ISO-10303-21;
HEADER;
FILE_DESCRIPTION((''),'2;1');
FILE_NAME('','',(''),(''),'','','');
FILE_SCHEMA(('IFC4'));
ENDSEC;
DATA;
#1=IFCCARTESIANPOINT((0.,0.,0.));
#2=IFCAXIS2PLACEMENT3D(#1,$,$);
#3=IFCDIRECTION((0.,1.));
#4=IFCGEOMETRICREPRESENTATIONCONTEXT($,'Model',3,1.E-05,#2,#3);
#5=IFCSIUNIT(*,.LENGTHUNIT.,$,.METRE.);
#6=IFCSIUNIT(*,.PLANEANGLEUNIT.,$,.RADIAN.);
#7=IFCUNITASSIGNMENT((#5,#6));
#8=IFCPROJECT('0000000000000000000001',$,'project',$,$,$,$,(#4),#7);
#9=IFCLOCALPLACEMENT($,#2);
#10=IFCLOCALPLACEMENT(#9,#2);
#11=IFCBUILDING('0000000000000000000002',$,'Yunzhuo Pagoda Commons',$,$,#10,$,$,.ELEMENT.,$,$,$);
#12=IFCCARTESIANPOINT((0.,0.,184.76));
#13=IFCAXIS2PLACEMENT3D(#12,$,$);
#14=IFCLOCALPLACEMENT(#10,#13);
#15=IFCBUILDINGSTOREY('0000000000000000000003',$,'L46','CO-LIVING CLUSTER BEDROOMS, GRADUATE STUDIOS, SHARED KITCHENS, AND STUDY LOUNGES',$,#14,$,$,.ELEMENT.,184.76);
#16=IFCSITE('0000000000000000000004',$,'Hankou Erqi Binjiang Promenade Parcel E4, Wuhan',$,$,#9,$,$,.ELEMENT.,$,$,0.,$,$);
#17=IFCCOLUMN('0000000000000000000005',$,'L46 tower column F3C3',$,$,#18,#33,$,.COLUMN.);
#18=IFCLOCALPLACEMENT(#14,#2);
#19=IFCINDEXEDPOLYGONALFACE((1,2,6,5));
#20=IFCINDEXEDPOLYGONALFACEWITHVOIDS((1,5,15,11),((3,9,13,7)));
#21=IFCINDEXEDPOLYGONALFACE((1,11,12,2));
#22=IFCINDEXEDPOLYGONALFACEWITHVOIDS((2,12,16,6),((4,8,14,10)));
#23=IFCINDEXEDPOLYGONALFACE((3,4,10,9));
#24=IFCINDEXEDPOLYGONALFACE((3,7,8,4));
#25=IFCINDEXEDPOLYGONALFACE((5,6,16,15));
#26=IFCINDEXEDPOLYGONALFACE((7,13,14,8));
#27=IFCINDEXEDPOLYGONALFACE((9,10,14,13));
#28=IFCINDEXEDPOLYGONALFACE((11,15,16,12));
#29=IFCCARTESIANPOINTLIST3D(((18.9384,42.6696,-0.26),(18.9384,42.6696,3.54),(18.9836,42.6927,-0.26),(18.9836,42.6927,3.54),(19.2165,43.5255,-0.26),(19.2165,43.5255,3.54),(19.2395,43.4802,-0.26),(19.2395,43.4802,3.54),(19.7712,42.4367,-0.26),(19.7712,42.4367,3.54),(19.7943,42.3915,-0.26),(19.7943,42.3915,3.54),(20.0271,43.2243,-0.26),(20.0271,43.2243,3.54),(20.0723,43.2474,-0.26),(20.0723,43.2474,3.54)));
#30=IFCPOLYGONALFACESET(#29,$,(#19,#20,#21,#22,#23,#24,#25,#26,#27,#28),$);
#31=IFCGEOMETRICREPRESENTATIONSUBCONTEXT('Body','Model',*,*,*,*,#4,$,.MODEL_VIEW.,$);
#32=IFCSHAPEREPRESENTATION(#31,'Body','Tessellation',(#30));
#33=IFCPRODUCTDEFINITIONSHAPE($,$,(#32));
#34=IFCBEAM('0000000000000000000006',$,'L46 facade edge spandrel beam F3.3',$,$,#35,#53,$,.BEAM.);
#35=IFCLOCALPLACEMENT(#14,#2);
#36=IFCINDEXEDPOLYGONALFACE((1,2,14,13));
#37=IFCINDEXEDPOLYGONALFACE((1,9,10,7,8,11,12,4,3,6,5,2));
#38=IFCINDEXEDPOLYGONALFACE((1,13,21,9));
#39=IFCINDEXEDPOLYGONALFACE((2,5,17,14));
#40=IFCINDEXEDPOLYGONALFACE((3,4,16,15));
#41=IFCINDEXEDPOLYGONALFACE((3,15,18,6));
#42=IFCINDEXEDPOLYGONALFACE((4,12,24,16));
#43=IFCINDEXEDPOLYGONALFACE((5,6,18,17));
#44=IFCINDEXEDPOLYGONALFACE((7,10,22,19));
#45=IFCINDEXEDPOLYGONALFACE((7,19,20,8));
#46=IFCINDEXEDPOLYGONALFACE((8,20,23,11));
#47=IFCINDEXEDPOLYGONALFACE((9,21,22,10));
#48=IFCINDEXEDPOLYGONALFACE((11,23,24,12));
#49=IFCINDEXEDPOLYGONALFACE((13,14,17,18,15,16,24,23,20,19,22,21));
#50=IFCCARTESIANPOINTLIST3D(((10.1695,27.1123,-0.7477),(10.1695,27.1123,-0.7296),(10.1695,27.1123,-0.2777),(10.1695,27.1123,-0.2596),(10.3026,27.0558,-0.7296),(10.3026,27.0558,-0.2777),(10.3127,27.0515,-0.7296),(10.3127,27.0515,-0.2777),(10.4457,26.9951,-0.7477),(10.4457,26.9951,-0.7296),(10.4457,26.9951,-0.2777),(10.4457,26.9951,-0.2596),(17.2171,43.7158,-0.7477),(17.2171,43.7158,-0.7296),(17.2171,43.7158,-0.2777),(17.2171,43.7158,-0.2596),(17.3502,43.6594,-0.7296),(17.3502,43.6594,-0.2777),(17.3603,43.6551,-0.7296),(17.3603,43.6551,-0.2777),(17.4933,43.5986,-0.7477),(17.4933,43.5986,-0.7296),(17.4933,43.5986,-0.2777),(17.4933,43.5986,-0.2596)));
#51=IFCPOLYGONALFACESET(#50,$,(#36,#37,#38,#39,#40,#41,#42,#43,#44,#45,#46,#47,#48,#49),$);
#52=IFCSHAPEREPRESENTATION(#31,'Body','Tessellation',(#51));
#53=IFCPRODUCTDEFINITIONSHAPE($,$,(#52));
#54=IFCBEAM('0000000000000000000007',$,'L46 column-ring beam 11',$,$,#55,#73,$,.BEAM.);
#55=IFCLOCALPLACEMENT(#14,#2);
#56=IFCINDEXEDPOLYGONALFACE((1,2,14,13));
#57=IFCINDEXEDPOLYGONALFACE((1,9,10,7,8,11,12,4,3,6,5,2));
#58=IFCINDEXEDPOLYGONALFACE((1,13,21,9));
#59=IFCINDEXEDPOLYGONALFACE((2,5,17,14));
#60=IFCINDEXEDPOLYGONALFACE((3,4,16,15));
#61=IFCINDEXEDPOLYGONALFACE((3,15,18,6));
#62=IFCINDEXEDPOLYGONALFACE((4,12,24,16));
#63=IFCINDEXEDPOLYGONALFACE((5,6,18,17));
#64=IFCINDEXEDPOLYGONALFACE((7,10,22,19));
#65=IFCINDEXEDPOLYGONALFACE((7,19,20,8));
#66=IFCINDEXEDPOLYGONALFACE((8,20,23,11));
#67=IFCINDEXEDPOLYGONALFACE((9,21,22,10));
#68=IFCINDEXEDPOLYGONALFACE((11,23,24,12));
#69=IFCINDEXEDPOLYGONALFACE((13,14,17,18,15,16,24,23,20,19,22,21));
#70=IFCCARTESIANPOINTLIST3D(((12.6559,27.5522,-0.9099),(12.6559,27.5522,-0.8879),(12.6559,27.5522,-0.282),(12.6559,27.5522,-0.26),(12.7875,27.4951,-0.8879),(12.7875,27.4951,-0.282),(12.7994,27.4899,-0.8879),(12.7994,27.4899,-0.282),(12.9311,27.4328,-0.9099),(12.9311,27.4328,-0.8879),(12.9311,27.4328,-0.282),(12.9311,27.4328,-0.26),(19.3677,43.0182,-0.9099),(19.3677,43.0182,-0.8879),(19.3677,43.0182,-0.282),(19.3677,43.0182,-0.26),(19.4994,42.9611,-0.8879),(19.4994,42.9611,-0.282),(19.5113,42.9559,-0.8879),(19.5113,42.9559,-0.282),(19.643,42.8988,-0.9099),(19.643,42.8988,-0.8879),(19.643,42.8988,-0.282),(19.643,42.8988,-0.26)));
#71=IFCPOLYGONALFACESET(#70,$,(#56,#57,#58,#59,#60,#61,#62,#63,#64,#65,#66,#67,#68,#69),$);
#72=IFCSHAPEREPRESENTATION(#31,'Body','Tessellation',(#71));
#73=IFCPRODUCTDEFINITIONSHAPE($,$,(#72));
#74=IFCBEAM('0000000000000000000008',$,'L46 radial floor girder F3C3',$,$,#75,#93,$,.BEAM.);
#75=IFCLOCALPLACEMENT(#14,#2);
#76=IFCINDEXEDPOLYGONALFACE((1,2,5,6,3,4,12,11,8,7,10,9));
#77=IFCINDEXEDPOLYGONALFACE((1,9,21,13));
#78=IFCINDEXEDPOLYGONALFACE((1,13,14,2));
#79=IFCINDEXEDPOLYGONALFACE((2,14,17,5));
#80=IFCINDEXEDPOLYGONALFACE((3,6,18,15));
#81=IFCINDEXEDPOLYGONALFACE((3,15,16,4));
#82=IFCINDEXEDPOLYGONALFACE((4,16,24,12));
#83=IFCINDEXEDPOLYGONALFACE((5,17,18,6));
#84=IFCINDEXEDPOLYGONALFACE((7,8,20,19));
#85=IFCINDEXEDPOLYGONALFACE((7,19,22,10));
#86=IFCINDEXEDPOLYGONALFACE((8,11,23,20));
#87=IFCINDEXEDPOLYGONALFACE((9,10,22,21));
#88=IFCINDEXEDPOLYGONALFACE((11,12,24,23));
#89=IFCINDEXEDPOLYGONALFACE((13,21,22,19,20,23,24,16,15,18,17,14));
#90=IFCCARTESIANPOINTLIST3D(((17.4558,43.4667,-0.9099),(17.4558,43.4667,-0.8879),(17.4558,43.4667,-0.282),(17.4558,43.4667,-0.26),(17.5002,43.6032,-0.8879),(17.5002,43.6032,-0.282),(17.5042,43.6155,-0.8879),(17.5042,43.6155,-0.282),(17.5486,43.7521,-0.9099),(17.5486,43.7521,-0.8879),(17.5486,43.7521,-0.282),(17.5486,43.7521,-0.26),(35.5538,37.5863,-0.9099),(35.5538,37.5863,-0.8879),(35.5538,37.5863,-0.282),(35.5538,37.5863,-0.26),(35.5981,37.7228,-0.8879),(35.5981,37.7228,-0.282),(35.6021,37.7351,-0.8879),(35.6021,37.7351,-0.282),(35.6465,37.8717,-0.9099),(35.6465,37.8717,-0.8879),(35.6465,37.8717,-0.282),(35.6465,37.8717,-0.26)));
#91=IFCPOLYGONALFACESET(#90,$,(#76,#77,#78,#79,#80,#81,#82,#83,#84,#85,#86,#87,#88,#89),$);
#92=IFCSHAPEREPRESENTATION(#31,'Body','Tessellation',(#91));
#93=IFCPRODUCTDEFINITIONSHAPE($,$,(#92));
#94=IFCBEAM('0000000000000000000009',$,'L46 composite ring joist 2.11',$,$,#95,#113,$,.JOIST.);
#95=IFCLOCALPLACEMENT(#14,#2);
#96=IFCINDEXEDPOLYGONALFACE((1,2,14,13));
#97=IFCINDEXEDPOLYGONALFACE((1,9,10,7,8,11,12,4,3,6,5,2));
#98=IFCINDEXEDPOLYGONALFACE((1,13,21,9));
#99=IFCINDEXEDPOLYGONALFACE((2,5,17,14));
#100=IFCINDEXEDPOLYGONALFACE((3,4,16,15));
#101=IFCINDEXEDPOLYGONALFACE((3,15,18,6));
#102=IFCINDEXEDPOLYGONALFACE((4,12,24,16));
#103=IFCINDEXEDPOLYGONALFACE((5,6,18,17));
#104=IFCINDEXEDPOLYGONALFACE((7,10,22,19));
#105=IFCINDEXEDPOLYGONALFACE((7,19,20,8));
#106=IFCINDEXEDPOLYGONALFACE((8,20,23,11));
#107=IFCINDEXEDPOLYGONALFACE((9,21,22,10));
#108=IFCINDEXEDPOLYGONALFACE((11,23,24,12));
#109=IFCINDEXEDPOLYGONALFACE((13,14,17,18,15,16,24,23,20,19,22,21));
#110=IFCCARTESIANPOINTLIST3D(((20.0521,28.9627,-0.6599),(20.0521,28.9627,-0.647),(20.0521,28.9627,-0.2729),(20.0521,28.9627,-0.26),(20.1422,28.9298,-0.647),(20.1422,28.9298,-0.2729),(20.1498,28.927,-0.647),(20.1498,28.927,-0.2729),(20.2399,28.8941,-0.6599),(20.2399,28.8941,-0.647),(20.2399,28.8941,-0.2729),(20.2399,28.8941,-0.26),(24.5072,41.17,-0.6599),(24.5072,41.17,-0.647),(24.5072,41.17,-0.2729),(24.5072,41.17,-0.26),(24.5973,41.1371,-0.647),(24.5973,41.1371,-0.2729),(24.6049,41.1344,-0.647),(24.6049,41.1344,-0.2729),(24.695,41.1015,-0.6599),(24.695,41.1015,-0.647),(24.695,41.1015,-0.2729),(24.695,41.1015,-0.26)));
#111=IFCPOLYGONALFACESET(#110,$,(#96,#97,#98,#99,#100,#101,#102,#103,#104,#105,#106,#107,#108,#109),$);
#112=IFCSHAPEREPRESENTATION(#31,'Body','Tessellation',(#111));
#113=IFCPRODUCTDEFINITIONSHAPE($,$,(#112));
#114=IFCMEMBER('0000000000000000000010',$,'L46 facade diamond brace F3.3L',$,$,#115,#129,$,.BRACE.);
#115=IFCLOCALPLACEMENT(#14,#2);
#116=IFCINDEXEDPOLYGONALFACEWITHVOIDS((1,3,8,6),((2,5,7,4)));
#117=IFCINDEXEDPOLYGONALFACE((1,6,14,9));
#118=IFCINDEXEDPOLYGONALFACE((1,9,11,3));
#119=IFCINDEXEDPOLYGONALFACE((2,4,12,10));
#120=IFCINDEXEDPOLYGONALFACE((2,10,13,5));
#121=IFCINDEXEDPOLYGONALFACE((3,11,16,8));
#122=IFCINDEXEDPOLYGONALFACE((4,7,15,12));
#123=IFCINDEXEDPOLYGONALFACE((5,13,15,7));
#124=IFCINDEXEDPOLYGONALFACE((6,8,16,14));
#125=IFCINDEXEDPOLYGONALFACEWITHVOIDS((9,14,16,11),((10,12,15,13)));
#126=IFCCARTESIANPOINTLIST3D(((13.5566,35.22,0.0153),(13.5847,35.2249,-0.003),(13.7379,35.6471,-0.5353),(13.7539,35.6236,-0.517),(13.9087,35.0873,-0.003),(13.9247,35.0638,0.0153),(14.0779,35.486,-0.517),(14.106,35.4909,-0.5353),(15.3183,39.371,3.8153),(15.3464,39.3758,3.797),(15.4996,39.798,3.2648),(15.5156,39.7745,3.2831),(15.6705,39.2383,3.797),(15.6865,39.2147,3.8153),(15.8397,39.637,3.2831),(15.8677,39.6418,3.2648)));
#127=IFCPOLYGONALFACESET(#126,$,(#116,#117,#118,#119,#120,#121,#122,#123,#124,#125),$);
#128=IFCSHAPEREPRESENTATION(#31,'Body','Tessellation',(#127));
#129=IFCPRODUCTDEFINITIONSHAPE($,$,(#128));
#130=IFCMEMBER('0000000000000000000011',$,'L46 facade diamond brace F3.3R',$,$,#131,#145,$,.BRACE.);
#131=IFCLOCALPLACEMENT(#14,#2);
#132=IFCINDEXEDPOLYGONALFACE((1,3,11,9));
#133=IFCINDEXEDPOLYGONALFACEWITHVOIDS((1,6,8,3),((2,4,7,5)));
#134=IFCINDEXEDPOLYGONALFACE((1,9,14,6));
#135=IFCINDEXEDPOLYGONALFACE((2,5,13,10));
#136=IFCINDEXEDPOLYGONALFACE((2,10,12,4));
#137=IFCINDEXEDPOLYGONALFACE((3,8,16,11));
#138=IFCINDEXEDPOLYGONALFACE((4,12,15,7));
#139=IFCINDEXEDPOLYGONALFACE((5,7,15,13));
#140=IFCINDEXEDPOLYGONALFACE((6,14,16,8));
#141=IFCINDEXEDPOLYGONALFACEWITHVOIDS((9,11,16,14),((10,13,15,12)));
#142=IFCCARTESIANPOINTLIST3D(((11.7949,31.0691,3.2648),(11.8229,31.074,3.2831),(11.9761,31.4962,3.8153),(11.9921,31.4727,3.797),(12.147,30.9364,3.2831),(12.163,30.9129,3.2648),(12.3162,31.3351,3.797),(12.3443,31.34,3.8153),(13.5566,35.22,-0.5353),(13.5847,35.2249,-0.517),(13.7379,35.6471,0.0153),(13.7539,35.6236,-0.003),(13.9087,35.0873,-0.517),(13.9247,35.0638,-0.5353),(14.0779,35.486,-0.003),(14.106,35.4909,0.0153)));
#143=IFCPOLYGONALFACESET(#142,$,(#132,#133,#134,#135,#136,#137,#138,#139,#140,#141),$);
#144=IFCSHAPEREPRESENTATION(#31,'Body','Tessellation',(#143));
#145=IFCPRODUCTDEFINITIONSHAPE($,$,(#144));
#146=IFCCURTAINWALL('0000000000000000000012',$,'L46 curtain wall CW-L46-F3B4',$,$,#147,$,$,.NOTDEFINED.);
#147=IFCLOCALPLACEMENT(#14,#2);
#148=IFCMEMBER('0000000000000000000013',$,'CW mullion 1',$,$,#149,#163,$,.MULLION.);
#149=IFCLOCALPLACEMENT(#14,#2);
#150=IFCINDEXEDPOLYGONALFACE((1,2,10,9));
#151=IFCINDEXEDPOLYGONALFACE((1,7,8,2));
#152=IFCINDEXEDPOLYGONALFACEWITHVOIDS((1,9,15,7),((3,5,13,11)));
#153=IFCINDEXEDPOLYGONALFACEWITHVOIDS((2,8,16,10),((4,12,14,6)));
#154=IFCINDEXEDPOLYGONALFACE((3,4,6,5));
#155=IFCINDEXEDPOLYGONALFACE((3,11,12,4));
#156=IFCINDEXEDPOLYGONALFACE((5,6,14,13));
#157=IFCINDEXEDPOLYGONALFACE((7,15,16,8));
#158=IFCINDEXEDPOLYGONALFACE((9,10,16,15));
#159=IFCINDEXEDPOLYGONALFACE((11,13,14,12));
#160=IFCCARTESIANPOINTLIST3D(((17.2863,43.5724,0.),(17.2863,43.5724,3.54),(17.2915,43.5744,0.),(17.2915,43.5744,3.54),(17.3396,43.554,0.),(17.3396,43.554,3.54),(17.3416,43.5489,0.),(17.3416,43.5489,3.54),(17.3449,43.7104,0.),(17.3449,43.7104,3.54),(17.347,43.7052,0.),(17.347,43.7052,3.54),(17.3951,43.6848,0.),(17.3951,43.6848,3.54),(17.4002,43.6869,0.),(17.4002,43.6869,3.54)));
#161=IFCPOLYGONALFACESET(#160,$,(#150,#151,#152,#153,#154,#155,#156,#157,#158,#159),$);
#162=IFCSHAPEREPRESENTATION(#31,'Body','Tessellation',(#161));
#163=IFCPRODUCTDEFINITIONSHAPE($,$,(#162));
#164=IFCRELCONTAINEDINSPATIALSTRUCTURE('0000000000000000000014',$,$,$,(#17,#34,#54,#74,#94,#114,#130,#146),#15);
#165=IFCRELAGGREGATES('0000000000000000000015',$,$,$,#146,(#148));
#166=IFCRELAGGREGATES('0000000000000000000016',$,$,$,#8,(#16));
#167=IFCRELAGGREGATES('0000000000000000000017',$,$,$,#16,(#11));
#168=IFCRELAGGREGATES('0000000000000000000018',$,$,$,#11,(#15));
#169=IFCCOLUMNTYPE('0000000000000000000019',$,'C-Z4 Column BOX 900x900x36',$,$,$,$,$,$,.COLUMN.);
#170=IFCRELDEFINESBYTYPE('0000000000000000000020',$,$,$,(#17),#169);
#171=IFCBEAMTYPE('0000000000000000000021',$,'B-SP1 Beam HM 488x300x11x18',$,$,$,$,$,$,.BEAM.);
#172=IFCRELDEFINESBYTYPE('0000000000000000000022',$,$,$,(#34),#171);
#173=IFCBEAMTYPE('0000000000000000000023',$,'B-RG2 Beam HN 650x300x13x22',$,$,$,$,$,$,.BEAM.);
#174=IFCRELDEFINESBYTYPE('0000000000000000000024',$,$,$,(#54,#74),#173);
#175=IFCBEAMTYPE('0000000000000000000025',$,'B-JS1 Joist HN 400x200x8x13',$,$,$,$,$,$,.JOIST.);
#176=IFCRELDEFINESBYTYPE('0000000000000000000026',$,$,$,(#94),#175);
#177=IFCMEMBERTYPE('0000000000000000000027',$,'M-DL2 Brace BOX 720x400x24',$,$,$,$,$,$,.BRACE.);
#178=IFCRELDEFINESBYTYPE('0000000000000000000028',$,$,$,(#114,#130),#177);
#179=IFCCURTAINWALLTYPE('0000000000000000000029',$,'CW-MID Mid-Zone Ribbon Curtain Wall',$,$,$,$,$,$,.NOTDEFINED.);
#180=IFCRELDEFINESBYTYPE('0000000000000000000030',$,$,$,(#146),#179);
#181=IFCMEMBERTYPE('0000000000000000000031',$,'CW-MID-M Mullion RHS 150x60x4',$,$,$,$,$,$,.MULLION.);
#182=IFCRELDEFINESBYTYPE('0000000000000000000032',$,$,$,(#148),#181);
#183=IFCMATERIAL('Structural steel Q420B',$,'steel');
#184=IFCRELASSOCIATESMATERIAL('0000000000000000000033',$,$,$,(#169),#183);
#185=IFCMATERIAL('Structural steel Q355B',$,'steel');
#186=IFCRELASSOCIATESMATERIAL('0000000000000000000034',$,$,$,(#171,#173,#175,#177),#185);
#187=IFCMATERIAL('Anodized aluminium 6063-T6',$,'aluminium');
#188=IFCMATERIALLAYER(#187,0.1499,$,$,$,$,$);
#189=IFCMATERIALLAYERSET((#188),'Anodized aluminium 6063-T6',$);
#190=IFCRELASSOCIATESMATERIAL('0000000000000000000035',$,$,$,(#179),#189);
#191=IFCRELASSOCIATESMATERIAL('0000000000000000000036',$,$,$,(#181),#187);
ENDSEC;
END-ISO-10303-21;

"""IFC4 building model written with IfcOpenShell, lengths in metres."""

from ifc_helpers import new_model, si_unit, direction, frame, origin, origin_2d, place, context, subcontext, project, spatial, hollow_rectangle, i_section, extrude, source, transform, mapped, material, layer, layer_set, material_profile, profile_set, type_object, element, aggregate, save


model = new_model("IFC4")

# Units and contexts
model_context = context("Model", 3, precision=1e-05, world=origin(), true_north=direction((0.0, 1.0)))
body_context = subcontext(model_context, "Body", "Model", "MODEL_VIEW")
ifc_project = project(units=[si_unit("LENGTHUNIT", "METRE"), si_unit("PLANEANGLEUNIT", "RADIAN")], contexts=[model_context])

# Site, building, storey
site_placement = place(None, origin())
site = spatial("IfcSite", under=ifc_project, at=site_placement, Name="Hankou Erqi Binjiang Promenade Parcel E4, Wuhan", CompositionType="ELEMENT", RefElevation=0.0)
building_placement = place(site_placement, origin())
building = spatial("IfcBuilding", under=site, at=building_placement, Name="Yunzhuo Pagoda Commons", CompositionType="ELEMENT")
storey_placement = place(building_placement, frame((0.0, 0.0, 184.76)))
storey = spatial("IfcBuildingStorey", under=building, at=storey_placement, Name="L46", Description="CO-LIVING CLUSTER BEDROOMS, GRADUATE STUDIOS, SHARED KITCHENS, AND STUDY LOUNGES", CompositionType="ELEMENT", Elevation=184.76)

# Column
ifc_material_1 = material(Name="Structural steel Q420B", Category="steel")
ifc_material_profile_1 = material_profile(ifc_material_1, hollow_rectangle(XDim=0.8999, YDim=0.8999, WallThickness=0.0359, at=origin_2d()), Name="Structural steel Q420B")
ifc_profile_set_1 = profile_set([ifc_material_profile_1], Name="Structural steel Q420B")
column_type = type_object("IfcColumnType", Name="C-Z4 Column BOX 900x900x36", PredefinedType="COLUMN", material=ifc_profile_set_1)
shared_shape_1 = source(origin(), body_context, "Body", "SweptSolid", [
    extrude(hollow_rectangle(XDim=0.8999, YDim=0.8999, WallThickness=0.0359, at=origin_2d()), origin(), (0.0, 0.0, 1.0), 3.8),
])
column_placement = place(storey_placement, frame((19.5054, 42.9585, -0.26), z_axis=(0.0, 0.0, 1.0), x_axis=(-0.309017, -0.951057, 0.0)))
element("IfcColumn", 1, at=column_placement, inside=storey, type_object=column_type, Name="L46 tower column F3C3", PredefinedType="COLUMN", context=body_context, shape_type="MappedRepresentation", body=[
    mapped(shared_shape_1, transform((0.0, 0.0, 0.0), scale=1.0)),
])

# Beams
ifc_material_2 = material(Name="Structural steel Q355B", Category="steel")
ifc_material_profile_2 = material_profile(ifc_material_2, i_section(OverallWidth=0.3, OverallDepth=0.488, WebThickness=0.011, FlangeThickness=0.0181, at=origin_2d()), Name="Structural steel Q355B")
ifc_profile_set_2 = profile_set([ifc_material_profile_2], Name="Structural steel Q355B")
beam_type_1 = type_object("IfcBeamType", Name="B-SP1 Beam HM 488x300x11x18", PredefinedType="BEAM", material=ifc_profile_set_2)
shared_shape_2 = source(origin(), body_context, "Body", "SweptSolid", [
    extrude(i_section(OverallWidth=0.3, OverallDepth=0.488, WebThickness=0.011, FlangeThickness=0.0181, at=origin_2d()), origin(), (0.0, 0.0, 1.0), 18.0374),
])
beam_1_placement = place(storey_placement, frame((17.3552, 43.6572, -0.5037), z_axis=(-0.390723, -0.920508, 0.0), x_axis=(0.920508, -0.390723, 0.0)))
element("IfcBeam", 2, at=beam_1_placement, inside=storey, type_object=beam_type_1, Name="L46 facade edge spandrel beam F3.3", PredefinedType="BEAM", context=body_context, shape_type="MappedRepresentation", body=[
    mapped(shared_shape_2, transform((0.0, 0.0, 0.0), scale=1.0)),
])
ifc_material_profile_3 = material_profile(ifc_material_2, i_section(OverallWidth=0.3, OverallDepth=0.6499, WebThickness=0.0129, FlangeThickness=0.022, at=origin_2d()), Name="Structural steel Q355B")
ifc_profile_set_3 = profile_set([ifc_material_profile_3], Name="Structural steel Q355B")
beam_type_2 = type_object("IfcBeamType", Name="B-RG2 Beam HN 650x300x13x22", PredefinedType="BEAM", material=ifc_profile_set_3)
shared_shape_3 = source(origin(), body_context, "Body", "SweptSolid", [
    extrude(i_section(OverallWidth=0.3, OverallDepth=0.6499, WebThickness=0.0129, FlangeThickness=0.022, at=origin_2d()), origin(), (0.0, 0.0, 1.0), 16.8596),
])
beam_2_placement = place(storey_placement, frame((19.5054, 42.9585, -0.585), z_axis=(-0.398104, -0.91734, 0.0), x_axis=(0.91734, -0.398104, 0.0)))
element("IfcBeam", 3, at=beam_2_placement, inside=storey, type_object=beam_type_2, Name="L46 column-ring beam 11", PredefinedType="BEAM", context=body_context, shape_type="MappedRepresentation", body=[
    mapped(shared_shape_3, transform((0.0, 0.0, 0.0), scale=1.0)),
])
shared_shape_4 = source(origin(), body_context, "Body", "SweptSolid", [
    extrude(i_section(OverallWidth=0.3, OverallDepth=0.6499, WebThickness=0.0129, FlangeThickness=0.022, at=origin_2d()), origin(), (0.0, 0.0, 1.0), 19.0293),
])
beam_3_placement = place(storey_placement, frame((17.5022, 43.6094, -0.585), z_axis=(0.951056, -0.309017, 0.0), x_axis=(0.309017, 0.951056, 0.0)))
element("IfcBeam", 4, at=beam_3_placement, inside=storey, type_object=beam_type_2, Name="L46 radial floor girder F3C3", PredefinedType="BEAM", context=body_context, shape_type="MappedRepresentation", body=[
    mapped(shared_shape_4, transform((0.0, 0.0, 0.0), scale=1.0)),
])
ifc_material_profile_4 = material_profile(ifc_material_2, i_section(OverallWidth=0.2, OverallDepth=0.3999, WebThickness=0.0081, FlangeThickness=0.0129, at=origin_2d()), Name="Structural steel Q355B")
ifc_profile_set_4 = profile_set([ifc_material_profile_4], Name="Structural steel Q355B")
beam_type_3 = type_object("IfcBeamType", Name="B-JS1 Joist HN 400x200x8x13", PredefinedType="JOIST", material=ifc_profile_set_4)
shared_shape_5 = source(origin(), body_context, "Body", "SweptSolid", [
    extrude(i_section(OverallWidth=0.2, OverallDepth=0.3999, WebThickness=0.0081, FlangeThickness=0.0129, at=origin_2d()), origin(), (0.0, 0.0, 1.0), 12.9949),
])
beam_4_placement = place(storey_placement, frame((24.6011, 41.1357, -0.46), z_axis=(-0.342835, -0.939396, 0.0), x_axis=(0.939396, -0.342835, 0.0)))
element("IfcBeam", 5, at=beam_4_placement, inside=storey, type_object=beam_type_3, Name="L46 composite ring joist 2.11", PredefinedType="JOIST", context=body_context, shape_type="MappedRepresentation", body=[
    mapped(shared_shape_5, transform((0.0, 0.0, 0.0), scale=1.0)),
])

# Members
ifc_material_profile_5 = material_profile(ifc_material_2, hollow_rectangle(XDim=0.3999, YDim=0.72, WallThickness=0.0239, at=origin_2d()), Name="Structural steel Q355B")
ifc_profile_set_5 = profile_set([ifc_material_profile_5], Name="Structural steel Q355B")
member_type_1 = type_object("IfcMemberType", Name="M-DL2 Brace BOX 720x400x24", PredefinedType="BRACE", material=ifc_profile_set_5)
shared_shape_6 = source(origin(), body_context, "Body", "SweptSolid", [
    extrude(hollow_rectangle(XDim=0.3999, YDim=0.72, WallThickness=0.0239, at=origin_2d()), origin(), (0.0, 0.0, 1.0), 5.897),
])
for number, where, z_axis, x_axis, name in (
    (6, (13.8313, 35.3555, -0.26), (0.298752, 0.703905, 0.644411), (-0.920523, 0.390689, 0.0), "L46 facade diamond brace F3.3L"),
    (7, (13.8313, 35.3555, -0.26), (-0.298752, -0.703905, 0.644411), (0.920523, -0.390689, 0.0), "L46 facade diamond brace F3.3R"),
):
    element("IfcMember", number, at=place(storey_placement, frame(where, z_axis=z_axis, x_axis=x_axis)), inside=storey, type_object=member_type_1, Name=name, PredefinedType="BRACE", context=body_context, shape_type="MappedRepresentation", body=[
        mapped(shared_shape_6, transform((0.0, 0.0, 0.0), scale=1.0)),
    ])

# Curtain wall, member
ifc_material_3 = material(Name="Anodized aluminium 6063-T6", Category="aluminium")
ifc_layer_1 = layer(ifc_material_3, 0.1499)
ifc_layer_set_1 = layer_set([ifc_layer_1], Name="Anodized aluminium 6063-T6")
curtain_wall_type = type_object("IfcCurtainWallType", Name="CW-MID Mid-Zone Ribbon Curtain Wall", PredefinedType="NOTDEFINED", material=ifc_layer_set_1)
curtain_wall_1_placement = place(storey_placement, origin())
curtain_wall_1 = element("IfcCurtainWall", 8, at=curtain_wall_1_placement, inside=storey, type_object=curtain_wall_type, Name="L46 curtain wall CW-L46-F3B4", PredefinedType="NOTDEFINED")
ifc_material_profile_6 = material_profile(ifc_material_3, hollow_rectangle(XDim=0.0601, YDim=0.1499, WallThickness=0.0039, at=origin_2d()), Name="Anodized aluminium 6063-T6")
ifc_profile_set_6 = profile_set([ifc_material_profile_6], Name="Anodized aluminium 6063-T6")
member_type_2 = type_object("IfcMemberType", Name="CW-MID-M Mullion RHS 150x60x4", PredefinedType="MULLION", material=ifc_profile_set_6)
shared_shape_7 = source(origin(), body_context, "Body", "SweptSolid", [
    extrude(hollow_rectangle(XDim=0.0601, YDim=0.1499, WallThickness=0.0039, at=origin_2d()), origin(), (0.0, 0.0, 1.0), 3.54),
])
member_1_placement = place(storey_placement, frame((17.3433, 43.6296, 0.0), z_axis=(0.0, 0.0, 1.0), x_axis=(0.920515, -0.390706, 0.0)))
member_1 = element("IfcMember", 9, at=member_1_placement, type_object=member_type_2, Name="CW mullion 1", PredefinedType="MULLION", context=body_context, shape_type="MappedRepresentation", body=[
    mapped(shared_shape_7, transform((0.0, 0.0, 0.0), scale=1.0)),
])

aggregate(curtain_wall_1, [member_1])

save(model, "model.ifc")
